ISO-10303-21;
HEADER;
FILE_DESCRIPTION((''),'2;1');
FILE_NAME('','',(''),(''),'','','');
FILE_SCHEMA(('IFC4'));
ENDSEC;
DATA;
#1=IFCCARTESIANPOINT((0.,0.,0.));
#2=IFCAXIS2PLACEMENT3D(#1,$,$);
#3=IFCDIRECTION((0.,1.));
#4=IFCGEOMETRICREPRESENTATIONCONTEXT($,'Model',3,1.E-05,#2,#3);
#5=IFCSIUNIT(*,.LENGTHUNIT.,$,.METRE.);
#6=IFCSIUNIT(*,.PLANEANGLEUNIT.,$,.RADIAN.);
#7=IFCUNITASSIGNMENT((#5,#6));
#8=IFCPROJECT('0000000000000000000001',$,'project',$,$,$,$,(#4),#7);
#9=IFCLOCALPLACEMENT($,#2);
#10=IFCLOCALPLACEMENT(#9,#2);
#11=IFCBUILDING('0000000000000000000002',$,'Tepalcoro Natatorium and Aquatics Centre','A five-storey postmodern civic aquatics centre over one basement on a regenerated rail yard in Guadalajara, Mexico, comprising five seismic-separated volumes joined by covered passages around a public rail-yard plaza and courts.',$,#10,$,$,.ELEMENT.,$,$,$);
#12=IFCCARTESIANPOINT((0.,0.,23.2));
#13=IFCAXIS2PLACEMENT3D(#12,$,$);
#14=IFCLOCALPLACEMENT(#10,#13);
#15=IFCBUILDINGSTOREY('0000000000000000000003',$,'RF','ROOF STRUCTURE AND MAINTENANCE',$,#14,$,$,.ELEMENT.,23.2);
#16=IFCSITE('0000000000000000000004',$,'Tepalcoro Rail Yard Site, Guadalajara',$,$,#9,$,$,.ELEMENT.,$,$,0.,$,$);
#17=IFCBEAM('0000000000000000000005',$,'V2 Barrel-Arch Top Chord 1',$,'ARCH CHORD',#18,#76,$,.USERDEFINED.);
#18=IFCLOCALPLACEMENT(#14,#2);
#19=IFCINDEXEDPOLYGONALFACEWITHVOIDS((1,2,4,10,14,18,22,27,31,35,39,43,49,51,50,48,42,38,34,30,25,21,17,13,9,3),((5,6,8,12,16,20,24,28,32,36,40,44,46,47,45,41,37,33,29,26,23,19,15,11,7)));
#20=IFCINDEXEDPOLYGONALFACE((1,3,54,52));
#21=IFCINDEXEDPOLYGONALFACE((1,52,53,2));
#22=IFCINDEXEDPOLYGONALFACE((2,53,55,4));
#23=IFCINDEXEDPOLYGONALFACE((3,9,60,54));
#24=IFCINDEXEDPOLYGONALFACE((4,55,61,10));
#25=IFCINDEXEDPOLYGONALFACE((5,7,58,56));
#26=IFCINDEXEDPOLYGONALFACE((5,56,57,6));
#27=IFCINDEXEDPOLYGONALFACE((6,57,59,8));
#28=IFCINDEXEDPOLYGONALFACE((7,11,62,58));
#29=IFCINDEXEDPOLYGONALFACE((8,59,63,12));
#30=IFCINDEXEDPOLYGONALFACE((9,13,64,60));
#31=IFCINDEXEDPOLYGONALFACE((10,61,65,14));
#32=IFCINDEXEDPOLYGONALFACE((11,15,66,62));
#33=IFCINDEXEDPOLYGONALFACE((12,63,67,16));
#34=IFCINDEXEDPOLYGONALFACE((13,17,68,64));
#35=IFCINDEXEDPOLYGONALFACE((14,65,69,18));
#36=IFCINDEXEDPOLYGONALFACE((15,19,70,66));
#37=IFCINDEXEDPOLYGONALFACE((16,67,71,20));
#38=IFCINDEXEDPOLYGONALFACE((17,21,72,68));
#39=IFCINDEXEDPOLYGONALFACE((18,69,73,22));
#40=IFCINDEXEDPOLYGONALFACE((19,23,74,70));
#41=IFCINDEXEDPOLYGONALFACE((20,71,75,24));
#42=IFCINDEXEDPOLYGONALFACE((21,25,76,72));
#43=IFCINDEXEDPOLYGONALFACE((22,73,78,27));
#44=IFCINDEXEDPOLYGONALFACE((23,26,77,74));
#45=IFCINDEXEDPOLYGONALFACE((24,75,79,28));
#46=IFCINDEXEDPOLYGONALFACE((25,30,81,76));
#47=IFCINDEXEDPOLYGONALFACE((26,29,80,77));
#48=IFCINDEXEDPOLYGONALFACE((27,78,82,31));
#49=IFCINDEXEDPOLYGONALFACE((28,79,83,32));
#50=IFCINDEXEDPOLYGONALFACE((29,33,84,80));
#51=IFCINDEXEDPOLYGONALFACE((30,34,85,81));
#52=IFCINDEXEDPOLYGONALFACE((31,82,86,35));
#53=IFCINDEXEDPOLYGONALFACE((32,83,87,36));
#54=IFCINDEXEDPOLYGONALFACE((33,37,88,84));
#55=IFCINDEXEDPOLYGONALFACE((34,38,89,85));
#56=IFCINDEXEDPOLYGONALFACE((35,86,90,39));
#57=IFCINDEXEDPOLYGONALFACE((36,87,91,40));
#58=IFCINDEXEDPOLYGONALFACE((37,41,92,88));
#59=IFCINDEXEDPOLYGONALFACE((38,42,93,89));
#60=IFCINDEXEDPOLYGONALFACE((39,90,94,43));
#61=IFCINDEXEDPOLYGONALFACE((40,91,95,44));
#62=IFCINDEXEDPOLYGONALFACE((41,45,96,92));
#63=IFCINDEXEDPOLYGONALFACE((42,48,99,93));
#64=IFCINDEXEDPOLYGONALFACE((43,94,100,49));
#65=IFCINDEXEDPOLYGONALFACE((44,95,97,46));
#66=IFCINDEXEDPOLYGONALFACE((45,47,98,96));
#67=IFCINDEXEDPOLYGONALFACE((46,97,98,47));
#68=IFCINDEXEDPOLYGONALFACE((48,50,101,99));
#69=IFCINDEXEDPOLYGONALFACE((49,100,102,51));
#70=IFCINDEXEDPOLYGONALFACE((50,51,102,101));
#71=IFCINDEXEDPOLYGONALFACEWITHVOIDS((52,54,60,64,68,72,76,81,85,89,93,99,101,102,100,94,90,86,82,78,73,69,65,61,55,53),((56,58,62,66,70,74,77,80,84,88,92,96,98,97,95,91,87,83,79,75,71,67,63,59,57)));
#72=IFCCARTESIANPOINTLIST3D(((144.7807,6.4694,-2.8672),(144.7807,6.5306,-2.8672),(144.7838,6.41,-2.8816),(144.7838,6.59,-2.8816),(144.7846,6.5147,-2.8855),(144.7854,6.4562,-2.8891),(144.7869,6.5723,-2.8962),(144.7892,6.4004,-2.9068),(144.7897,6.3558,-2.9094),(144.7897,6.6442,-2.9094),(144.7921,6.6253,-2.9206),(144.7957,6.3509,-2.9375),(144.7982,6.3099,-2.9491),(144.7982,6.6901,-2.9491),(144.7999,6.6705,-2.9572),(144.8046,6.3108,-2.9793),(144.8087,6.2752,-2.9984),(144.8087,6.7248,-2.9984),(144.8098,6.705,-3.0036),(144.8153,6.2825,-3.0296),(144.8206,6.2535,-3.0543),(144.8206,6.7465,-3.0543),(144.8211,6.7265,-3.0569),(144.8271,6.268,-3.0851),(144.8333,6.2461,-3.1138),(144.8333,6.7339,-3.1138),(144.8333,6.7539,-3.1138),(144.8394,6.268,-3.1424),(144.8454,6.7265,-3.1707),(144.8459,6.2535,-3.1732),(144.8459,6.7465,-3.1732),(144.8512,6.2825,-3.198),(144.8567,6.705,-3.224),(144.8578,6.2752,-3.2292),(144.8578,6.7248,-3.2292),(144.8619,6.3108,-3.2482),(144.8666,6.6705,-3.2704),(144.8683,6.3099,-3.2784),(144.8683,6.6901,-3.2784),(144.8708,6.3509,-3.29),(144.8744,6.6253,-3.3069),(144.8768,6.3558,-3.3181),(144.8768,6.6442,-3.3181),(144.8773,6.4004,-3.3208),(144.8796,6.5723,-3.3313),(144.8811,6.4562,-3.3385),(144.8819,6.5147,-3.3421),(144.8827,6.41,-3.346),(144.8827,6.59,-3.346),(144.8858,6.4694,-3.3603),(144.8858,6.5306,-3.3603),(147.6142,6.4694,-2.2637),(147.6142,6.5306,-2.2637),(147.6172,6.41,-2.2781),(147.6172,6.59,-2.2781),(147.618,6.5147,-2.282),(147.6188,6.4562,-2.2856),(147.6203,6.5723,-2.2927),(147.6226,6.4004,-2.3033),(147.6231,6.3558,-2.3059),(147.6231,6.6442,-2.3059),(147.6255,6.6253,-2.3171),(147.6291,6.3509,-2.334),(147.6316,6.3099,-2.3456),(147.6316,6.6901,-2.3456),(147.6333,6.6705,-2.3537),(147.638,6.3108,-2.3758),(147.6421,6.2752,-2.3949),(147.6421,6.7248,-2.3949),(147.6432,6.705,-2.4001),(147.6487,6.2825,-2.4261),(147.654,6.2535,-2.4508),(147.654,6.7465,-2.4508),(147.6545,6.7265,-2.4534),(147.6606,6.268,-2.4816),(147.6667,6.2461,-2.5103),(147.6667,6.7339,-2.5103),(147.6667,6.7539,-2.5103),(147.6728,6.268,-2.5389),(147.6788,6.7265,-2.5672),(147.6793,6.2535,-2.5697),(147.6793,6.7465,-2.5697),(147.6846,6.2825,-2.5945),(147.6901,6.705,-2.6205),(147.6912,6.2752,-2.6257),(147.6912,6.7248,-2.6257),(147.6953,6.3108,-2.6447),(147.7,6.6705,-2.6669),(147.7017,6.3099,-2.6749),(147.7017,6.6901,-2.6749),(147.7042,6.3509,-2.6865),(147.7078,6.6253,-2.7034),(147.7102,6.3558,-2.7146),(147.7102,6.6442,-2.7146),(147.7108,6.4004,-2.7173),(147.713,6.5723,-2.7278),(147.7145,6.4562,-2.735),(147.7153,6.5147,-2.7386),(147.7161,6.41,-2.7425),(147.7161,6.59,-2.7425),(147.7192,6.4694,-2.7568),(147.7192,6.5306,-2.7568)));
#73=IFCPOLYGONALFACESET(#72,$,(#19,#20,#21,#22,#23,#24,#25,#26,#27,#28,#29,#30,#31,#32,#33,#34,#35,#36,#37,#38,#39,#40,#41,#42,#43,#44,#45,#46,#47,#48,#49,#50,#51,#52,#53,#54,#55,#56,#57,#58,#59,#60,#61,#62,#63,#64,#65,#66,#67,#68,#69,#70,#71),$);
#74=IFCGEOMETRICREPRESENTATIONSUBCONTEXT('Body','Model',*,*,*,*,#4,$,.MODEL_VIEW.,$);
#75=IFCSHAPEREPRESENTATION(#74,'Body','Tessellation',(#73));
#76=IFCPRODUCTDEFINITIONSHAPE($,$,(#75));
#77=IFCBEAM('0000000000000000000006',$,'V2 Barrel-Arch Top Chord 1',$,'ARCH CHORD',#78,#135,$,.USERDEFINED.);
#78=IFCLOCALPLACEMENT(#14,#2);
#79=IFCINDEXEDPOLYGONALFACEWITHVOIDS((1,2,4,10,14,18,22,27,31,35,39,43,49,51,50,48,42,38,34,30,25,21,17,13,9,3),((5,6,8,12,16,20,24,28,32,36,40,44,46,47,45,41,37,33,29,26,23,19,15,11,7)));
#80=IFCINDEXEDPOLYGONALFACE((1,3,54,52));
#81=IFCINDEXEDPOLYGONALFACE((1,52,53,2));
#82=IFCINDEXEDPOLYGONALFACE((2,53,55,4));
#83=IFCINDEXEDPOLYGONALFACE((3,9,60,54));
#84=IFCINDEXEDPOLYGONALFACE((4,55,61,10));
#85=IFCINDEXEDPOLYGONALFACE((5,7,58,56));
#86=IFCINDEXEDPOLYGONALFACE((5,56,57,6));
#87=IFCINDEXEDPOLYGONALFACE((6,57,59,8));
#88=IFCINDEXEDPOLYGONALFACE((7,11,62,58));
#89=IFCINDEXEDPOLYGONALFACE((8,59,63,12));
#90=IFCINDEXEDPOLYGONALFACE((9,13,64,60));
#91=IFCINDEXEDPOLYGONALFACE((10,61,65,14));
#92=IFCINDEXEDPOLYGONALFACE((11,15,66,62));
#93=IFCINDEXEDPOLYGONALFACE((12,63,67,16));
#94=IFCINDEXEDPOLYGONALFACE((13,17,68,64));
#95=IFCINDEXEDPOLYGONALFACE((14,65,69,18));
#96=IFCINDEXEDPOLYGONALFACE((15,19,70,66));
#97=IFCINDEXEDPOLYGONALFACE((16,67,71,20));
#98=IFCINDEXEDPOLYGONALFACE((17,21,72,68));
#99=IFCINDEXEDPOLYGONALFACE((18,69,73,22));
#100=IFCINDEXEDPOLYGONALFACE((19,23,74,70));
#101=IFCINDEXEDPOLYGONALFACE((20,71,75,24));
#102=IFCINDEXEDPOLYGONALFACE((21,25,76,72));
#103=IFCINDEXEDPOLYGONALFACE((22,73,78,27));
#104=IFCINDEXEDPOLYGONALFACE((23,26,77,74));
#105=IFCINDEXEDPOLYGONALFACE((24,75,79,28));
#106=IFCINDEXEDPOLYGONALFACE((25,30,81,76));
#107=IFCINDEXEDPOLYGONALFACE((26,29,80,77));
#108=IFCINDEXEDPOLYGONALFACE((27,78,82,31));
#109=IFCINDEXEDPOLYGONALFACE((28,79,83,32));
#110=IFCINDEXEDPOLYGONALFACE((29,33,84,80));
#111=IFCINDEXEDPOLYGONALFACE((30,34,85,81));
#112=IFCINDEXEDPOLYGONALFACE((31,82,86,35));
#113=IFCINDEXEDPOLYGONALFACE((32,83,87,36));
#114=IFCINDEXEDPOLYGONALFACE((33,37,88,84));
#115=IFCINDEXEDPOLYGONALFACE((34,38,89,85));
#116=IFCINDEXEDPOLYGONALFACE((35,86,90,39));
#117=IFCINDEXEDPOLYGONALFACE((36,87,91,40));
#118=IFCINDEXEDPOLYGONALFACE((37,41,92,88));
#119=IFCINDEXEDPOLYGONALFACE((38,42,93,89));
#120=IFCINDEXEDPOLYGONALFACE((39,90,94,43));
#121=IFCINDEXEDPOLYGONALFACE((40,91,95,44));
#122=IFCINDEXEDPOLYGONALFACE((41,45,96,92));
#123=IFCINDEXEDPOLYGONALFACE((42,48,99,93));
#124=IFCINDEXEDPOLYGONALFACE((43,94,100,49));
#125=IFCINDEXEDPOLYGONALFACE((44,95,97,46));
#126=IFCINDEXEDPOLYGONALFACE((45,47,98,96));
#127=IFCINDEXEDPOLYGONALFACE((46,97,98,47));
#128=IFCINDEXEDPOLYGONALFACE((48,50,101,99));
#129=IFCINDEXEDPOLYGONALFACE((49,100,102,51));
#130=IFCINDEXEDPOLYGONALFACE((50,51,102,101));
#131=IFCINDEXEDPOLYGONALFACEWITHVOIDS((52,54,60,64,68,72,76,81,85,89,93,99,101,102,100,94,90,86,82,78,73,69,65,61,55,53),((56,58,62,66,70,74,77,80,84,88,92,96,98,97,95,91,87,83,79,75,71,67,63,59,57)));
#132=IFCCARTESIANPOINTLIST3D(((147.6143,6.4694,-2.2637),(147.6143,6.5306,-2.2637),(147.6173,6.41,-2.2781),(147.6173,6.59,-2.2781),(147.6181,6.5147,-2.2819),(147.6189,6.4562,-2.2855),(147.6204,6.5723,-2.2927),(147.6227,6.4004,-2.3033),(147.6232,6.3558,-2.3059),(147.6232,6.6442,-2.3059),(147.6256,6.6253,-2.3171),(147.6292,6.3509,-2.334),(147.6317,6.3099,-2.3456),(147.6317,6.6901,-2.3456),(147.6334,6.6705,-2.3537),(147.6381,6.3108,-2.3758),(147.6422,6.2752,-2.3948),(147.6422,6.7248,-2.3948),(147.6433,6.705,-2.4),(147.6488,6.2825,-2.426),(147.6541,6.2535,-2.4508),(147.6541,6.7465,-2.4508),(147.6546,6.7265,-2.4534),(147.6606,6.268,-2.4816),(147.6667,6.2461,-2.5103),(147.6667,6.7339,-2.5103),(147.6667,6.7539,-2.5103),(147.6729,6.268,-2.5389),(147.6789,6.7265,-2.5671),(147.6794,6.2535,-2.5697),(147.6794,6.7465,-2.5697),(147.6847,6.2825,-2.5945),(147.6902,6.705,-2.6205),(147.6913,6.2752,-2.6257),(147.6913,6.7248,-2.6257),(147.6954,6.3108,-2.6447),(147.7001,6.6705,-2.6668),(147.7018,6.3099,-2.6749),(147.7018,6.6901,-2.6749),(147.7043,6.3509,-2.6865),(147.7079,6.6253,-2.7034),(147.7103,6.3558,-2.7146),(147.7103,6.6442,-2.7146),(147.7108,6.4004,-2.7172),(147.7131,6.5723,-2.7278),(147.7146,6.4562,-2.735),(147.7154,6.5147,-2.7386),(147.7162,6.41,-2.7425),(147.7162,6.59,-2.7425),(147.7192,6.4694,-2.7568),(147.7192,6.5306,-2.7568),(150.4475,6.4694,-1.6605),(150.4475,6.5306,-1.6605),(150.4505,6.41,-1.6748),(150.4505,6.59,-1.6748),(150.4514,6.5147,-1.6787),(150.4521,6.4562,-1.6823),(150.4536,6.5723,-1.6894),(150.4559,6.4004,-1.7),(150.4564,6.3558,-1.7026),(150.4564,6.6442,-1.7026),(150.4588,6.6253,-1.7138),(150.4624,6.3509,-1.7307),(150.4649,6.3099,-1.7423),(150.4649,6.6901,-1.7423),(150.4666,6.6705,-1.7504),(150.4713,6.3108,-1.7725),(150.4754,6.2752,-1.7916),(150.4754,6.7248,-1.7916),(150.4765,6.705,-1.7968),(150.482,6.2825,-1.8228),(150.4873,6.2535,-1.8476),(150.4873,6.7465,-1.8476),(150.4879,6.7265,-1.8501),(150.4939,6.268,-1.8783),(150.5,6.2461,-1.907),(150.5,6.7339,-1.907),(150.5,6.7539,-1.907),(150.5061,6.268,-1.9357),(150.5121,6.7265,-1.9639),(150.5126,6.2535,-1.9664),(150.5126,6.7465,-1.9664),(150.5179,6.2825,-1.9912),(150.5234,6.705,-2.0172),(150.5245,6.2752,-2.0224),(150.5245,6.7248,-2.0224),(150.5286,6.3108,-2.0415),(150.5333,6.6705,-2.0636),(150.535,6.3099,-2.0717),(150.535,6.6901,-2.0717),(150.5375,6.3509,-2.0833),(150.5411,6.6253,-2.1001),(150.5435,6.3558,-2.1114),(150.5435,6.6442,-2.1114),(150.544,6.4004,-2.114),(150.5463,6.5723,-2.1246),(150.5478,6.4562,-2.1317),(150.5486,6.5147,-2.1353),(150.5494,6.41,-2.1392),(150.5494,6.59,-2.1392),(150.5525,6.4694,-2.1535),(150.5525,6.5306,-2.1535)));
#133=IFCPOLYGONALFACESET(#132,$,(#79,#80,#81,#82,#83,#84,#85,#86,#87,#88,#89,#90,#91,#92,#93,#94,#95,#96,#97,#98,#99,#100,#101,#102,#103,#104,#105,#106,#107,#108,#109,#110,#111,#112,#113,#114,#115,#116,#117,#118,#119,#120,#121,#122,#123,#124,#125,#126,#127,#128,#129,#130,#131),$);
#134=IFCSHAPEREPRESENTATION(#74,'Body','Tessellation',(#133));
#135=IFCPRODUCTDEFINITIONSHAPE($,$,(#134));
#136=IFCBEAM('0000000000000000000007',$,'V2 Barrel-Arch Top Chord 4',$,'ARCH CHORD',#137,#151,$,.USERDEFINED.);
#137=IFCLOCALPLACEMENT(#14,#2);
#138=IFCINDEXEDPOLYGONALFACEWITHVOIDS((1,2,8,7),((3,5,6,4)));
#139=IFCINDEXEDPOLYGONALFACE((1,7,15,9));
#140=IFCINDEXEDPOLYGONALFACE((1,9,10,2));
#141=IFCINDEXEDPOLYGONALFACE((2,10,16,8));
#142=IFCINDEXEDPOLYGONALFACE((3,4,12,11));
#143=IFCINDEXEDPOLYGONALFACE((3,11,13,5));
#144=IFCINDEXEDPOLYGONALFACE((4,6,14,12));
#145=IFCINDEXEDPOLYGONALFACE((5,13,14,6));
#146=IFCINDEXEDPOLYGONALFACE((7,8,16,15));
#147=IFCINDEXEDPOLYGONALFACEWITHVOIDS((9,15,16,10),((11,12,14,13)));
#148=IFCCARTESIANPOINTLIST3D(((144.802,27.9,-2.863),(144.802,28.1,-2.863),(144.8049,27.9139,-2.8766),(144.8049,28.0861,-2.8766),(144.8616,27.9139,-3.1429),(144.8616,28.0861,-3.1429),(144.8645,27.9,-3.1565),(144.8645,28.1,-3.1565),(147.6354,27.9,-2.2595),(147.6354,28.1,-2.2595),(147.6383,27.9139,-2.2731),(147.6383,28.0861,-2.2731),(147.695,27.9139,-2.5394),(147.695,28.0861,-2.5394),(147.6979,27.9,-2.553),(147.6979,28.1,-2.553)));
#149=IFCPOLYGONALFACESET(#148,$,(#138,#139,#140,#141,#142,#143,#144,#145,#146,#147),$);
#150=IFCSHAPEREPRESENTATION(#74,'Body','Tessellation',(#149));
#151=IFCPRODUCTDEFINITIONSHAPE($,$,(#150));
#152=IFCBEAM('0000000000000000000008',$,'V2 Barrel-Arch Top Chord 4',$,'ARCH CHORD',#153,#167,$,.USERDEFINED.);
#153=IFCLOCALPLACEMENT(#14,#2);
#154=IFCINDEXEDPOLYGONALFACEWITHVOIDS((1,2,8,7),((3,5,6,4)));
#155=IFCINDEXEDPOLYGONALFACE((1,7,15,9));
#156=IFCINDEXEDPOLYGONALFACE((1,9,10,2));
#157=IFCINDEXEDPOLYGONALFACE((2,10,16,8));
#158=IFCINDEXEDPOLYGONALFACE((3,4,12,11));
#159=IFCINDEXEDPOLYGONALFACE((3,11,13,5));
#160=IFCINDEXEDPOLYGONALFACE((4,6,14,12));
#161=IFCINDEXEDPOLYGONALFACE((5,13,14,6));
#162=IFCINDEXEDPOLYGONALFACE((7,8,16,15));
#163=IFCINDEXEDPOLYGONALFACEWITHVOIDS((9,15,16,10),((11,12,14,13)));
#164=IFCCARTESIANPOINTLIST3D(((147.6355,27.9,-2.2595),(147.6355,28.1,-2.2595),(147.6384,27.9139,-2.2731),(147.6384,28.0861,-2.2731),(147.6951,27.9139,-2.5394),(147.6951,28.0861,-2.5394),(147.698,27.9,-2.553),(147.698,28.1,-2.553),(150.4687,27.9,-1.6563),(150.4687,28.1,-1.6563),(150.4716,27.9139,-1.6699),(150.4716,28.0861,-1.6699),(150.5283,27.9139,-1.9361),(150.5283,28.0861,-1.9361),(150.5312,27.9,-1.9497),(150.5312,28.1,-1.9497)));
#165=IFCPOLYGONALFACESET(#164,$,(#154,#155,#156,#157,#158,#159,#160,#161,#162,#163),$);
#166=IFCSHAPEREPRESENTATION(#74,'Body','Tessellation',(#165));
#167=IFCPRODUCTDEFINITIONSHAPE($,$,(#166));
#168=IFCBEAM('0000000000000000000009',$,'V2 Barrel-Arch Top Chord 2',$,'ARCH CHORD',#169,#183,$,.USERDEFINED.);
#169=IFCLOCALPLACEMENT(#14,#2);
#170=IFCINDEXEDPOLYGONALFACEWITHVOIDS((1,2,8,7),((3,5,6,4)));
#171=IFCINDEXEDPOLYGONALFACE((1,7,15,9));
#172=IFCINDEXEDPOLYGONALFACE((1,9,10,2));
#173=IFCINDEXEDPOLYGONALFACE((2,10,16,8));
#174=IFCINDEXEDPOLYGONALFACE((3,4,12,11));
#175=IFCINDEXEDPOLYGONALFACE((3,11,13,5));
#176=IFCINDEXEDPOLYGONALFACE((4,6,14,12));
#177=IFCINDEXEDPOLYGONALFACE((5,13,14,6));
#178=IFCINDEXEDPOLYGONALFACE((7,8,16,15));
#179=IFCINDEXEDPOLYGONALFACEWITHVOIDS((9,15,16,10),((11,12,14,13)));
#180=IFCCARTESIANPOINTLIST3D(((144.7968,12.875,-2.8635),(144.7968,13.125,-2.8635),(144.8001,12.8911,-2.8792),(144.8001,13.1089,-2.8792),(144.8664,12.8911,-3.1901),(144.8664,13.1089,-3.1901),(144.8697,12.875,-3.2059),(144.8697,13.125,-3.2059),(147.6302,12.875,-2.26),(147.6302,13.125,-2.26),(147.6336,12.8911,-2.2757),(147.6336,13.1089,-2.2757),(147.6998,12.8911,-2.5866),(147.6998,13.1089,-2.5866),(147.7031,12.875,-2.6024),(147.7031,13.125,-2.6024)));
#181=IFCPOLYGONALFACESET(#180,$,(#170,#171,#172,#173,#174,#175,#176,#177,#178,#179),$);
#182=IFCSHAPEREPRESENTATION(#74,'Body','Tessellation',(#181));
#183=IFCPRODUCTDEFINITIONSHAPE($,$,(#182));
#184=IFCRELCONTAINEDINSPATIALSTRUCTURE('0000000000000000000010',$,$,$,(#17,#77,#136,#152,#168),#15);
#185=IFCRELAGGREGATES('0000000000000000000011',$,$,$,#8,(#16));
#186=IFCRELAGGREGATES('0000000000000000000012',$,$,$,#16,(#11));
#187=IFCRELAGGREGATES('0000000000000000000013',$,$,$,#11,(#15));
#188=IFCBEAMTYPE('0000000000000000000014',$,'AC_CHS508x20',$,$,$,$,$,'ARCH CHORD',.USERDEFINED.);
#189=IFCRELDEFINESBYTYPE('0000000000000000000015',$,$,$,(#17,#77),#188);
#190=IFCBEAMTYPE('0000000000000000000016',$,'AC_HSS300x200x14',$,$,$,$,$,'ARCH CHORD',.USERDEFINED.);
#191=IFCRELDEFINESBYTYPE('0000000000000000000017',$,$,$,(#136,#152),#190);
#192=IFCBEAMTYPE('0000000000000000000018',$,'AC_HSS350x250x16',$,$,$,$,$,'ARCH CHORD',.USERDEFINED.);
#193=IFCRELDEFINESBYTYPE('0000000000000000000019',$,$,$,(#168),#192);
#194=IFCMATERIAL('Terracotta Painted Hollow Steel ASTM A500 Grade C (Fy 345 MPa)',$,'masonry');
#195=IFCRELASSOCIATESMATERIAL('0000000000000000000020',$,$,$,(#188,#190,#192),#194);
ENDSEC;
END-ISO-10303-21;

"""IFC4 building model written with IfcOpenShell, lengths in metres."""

from ifc_helpers import new_model, si_unit, direction, frame, origin, origin_2d, place, context, subcontext, project, spatial, hollow_rectangle, hollow_circle, extrude, material, material_profile, profile_set, type_object, element, save


model = new_model("IFC4")

# Units and contexts
model_context = context("Model", 3, precision=1e-05, world=origin(), true_north=direction((0.0, 1.0)))
body_context = subcontext(model_context, "Body", "Model", "MODEL_VIEW")
ifc_project = project(units=[si_unit("LENGTHUNIT", "METRE"), si_unit("PLANEANGLEUNIT", "RADIAN")], contexts=[model_context])

# Site, building, storey
site_placement = place(None, origin())
site = spatial("IfcSite", under=ifc_project, at=site_placement, Name="Tepalcoro Rail Yard Site, Guadalajara", CompositionType="ELEMENT", RefElevation=0.0)
building_placement = place(site_placement, origin())
building = spatial("IfcBuilding", under=site, at=building_placement, Name="Tepalcoro Natatorium and Aquatics Centre", Description="A five-storey postmodern civic aquatics centre over one basement on a regenerated rail yard in Guadalajara, Mexico, comprising five seismic-separated volumes joined by covered passages around a public rail-yard plaza and courts.", CompositionType="ELEMENT")
storey_placement = place(building_placement, frame((0.0, 0.0, 23.2)))
storey = spatial("IfcBuildingStorey", under=building, at=storey_placement, Name="RF", Description="ROOF STRUCTURE AND MAINTENANCE", CompositionType="ELEMENT", Elevation=23.2)

# Beams
ifc_material = material(Name="Terracotta Painted Hollow Steel ASTM A500 Grade C (Fy 345 MPa)", Category="masonry")
ifc_material_profile_1 = material_profile(ifc_material, hollow_circle(Radius=0.2539, WallThickness=0.02, at=origin_2d()), Name="CHS508X20")
ifc_profile_set_1 = profile_set([ifc_material_profile_1], Name="Terracotta Painted Hollow Steel ASTM A500 Grade C (Fy 345 MPa)")
beam_type_1 = type_object("IfcBeamType", Name="AC_CHS508x20", ElementType="ARCH CHORD", PredefinedType="USERDEFINED", material=ifc_profile_set_1)
beam_1_placement = place(storey_placement, frame((144.8333, 6.5, -3.1138), z_axis=(0.978061, 0.0, 0.20832), x_axis=(0.0, 1.0, 0.0)))
element("IfcBeam", 1, at=beam_1_placement, inside=storey, type_object=beam_type_1, Name="V2 Barrel-Arch Top Chord 1", ObjectType="ARCH CHORD", PredefinedType="USERDEFINED", context=body_context, shape_type="SweptSolid", body=[
    extrude(hollow_circle(Radius=0.2539, WallThickness=0.02, at=origin_2d()), origin(), (0.0, 0.0, 1.0), 2.897),
])
beam_2_placement = place(storey_placement, frame((147.6667, 6.5, -2.5103), z_axis=(0.978074, 0.0, 0.208257), x_axis=(0.0, 1.0, 0.0)))
element("IfcBeam", 2, at=beam_2_placement, inside=storey, type_object=beam_type_1, Name="V2 Barrel-Arch Top Chord 1", ObjectType="ARCH CHORD", PredefinedType="USERDEFINED", context=body_context, shape_type="SweptSolid", body=[
    extrude(hollow_circle(Radius=0.2539, WallThickness=0.02, at=origin_2d()), origin(), (0.0, 0.0, 1.0), 2.8967),
])
ifc_material_profile_2 = material_profile(ifc_material, hollow_rectangle(XDim=0.2, YDim=0.3, WallThickness=0.0139, at=origin_2d()), Name="HSS300X200X14")
ifc_profile_set_2 = profile_set([ifc_material_profile_2], Name="Terracotta Painted Hollow Steel ASTM A500 Grade C (Fy 345 MPa)")
beam_type_2 = type_object("IfcBeamType", Name="AC_HSS300x200x14", ElementType="ARCH CHORD", PredefinedType="USERDEFINED", material=ifc_profile_set_2)
beam_3_placement = place(storey_placement, frame((144.8333, 28.0, -3.0098), z_axis=(0.978061, 0.0, 0.20832), x_axis=(0.0, 1.0, 0.0)))
element("IfcBeam", 3, at=beam_3_placement, inside=storey, type_object=beam_type_2, Name="V2 Barrel-Arch Top Chord 4", ObjectType="ARCH CHORD", PredefinedType="USERDEFINED", context=body_context, shape_type="SweptSolid", body=[
    extrude(hollow_rectangle(XDim=0.2, YDim=0.3, WallThickness=0.0139, at=origin_2d()), origin(), (0.0, 0.0, 1.0), 2.897),
])
beam_4_placement = place(storey_placement, frame((147.6667, 28.0, -2.4062), z_axis=(0.978074, 0.0, 0.208257), x_axis=(0.0, 1.0, 0.0)))
element("IfcBeam", 4, at=beam_4_placement, inside=storey, type_object=beam_type_2, Name="V2 Barrel-Arch Top Chord 4", ObjectType="ARCH CHORD", PredefinedType="USERDEFINED", context=body_context, shape_type="SweptSolid", body=[
    extrude(hollow_rectangle(XDim=0.2, YDim=0.3, WallThickness=0.0139, at=origin_2d()), origin(), (0.0, 0.0, 1.0), 2.8967),
])
ifc_material_profile_3 = material_profile(ifc_material, hollow_rectangle(XDim=0.25, YDim=0.3501, WallThickness=0.0161, at=origin_2d()), Name="HSS350X250X16")
ifc_profile_set_3 = profile_set([ifc_material_profile_3], Name="Terracotta Painted Hollow Steel ASTM A500 Grade C (Fy 345 MPa)")
beam_type_3 = type_object("IfcBeamType", Name="AC_HSS350x250x16", ElementType="ARCH CHORD", PredefinedType="USERDEFINED", material=ifc_profile_set_3)
beam_5_placement = place(storey_placement, frame((144.8333, 13.0, -3.0347), z_axis=(0.978061, 0.0, 0.20832), x_axis=(0.0, 1.0, 0.0)))
element("IfcBeam", 5, at=beam_5_placement, inside=storey, type_object=beam_type_3, Name="V2 Barrel-Arch Top Chord 2", ObjectType="ARCH CHORD", PredefinedType="USERDEFINED", context=body_context, shape_type="SweptSolid", body=[
    extrude(hollow_rectangle(XDim=0.25, YDim=0.3501, WallThickness=0.0161, at=origin_2d()), origin(), (0.0, 0.0, 1.0), 2.897),
])

save(model, "model.ifc")
